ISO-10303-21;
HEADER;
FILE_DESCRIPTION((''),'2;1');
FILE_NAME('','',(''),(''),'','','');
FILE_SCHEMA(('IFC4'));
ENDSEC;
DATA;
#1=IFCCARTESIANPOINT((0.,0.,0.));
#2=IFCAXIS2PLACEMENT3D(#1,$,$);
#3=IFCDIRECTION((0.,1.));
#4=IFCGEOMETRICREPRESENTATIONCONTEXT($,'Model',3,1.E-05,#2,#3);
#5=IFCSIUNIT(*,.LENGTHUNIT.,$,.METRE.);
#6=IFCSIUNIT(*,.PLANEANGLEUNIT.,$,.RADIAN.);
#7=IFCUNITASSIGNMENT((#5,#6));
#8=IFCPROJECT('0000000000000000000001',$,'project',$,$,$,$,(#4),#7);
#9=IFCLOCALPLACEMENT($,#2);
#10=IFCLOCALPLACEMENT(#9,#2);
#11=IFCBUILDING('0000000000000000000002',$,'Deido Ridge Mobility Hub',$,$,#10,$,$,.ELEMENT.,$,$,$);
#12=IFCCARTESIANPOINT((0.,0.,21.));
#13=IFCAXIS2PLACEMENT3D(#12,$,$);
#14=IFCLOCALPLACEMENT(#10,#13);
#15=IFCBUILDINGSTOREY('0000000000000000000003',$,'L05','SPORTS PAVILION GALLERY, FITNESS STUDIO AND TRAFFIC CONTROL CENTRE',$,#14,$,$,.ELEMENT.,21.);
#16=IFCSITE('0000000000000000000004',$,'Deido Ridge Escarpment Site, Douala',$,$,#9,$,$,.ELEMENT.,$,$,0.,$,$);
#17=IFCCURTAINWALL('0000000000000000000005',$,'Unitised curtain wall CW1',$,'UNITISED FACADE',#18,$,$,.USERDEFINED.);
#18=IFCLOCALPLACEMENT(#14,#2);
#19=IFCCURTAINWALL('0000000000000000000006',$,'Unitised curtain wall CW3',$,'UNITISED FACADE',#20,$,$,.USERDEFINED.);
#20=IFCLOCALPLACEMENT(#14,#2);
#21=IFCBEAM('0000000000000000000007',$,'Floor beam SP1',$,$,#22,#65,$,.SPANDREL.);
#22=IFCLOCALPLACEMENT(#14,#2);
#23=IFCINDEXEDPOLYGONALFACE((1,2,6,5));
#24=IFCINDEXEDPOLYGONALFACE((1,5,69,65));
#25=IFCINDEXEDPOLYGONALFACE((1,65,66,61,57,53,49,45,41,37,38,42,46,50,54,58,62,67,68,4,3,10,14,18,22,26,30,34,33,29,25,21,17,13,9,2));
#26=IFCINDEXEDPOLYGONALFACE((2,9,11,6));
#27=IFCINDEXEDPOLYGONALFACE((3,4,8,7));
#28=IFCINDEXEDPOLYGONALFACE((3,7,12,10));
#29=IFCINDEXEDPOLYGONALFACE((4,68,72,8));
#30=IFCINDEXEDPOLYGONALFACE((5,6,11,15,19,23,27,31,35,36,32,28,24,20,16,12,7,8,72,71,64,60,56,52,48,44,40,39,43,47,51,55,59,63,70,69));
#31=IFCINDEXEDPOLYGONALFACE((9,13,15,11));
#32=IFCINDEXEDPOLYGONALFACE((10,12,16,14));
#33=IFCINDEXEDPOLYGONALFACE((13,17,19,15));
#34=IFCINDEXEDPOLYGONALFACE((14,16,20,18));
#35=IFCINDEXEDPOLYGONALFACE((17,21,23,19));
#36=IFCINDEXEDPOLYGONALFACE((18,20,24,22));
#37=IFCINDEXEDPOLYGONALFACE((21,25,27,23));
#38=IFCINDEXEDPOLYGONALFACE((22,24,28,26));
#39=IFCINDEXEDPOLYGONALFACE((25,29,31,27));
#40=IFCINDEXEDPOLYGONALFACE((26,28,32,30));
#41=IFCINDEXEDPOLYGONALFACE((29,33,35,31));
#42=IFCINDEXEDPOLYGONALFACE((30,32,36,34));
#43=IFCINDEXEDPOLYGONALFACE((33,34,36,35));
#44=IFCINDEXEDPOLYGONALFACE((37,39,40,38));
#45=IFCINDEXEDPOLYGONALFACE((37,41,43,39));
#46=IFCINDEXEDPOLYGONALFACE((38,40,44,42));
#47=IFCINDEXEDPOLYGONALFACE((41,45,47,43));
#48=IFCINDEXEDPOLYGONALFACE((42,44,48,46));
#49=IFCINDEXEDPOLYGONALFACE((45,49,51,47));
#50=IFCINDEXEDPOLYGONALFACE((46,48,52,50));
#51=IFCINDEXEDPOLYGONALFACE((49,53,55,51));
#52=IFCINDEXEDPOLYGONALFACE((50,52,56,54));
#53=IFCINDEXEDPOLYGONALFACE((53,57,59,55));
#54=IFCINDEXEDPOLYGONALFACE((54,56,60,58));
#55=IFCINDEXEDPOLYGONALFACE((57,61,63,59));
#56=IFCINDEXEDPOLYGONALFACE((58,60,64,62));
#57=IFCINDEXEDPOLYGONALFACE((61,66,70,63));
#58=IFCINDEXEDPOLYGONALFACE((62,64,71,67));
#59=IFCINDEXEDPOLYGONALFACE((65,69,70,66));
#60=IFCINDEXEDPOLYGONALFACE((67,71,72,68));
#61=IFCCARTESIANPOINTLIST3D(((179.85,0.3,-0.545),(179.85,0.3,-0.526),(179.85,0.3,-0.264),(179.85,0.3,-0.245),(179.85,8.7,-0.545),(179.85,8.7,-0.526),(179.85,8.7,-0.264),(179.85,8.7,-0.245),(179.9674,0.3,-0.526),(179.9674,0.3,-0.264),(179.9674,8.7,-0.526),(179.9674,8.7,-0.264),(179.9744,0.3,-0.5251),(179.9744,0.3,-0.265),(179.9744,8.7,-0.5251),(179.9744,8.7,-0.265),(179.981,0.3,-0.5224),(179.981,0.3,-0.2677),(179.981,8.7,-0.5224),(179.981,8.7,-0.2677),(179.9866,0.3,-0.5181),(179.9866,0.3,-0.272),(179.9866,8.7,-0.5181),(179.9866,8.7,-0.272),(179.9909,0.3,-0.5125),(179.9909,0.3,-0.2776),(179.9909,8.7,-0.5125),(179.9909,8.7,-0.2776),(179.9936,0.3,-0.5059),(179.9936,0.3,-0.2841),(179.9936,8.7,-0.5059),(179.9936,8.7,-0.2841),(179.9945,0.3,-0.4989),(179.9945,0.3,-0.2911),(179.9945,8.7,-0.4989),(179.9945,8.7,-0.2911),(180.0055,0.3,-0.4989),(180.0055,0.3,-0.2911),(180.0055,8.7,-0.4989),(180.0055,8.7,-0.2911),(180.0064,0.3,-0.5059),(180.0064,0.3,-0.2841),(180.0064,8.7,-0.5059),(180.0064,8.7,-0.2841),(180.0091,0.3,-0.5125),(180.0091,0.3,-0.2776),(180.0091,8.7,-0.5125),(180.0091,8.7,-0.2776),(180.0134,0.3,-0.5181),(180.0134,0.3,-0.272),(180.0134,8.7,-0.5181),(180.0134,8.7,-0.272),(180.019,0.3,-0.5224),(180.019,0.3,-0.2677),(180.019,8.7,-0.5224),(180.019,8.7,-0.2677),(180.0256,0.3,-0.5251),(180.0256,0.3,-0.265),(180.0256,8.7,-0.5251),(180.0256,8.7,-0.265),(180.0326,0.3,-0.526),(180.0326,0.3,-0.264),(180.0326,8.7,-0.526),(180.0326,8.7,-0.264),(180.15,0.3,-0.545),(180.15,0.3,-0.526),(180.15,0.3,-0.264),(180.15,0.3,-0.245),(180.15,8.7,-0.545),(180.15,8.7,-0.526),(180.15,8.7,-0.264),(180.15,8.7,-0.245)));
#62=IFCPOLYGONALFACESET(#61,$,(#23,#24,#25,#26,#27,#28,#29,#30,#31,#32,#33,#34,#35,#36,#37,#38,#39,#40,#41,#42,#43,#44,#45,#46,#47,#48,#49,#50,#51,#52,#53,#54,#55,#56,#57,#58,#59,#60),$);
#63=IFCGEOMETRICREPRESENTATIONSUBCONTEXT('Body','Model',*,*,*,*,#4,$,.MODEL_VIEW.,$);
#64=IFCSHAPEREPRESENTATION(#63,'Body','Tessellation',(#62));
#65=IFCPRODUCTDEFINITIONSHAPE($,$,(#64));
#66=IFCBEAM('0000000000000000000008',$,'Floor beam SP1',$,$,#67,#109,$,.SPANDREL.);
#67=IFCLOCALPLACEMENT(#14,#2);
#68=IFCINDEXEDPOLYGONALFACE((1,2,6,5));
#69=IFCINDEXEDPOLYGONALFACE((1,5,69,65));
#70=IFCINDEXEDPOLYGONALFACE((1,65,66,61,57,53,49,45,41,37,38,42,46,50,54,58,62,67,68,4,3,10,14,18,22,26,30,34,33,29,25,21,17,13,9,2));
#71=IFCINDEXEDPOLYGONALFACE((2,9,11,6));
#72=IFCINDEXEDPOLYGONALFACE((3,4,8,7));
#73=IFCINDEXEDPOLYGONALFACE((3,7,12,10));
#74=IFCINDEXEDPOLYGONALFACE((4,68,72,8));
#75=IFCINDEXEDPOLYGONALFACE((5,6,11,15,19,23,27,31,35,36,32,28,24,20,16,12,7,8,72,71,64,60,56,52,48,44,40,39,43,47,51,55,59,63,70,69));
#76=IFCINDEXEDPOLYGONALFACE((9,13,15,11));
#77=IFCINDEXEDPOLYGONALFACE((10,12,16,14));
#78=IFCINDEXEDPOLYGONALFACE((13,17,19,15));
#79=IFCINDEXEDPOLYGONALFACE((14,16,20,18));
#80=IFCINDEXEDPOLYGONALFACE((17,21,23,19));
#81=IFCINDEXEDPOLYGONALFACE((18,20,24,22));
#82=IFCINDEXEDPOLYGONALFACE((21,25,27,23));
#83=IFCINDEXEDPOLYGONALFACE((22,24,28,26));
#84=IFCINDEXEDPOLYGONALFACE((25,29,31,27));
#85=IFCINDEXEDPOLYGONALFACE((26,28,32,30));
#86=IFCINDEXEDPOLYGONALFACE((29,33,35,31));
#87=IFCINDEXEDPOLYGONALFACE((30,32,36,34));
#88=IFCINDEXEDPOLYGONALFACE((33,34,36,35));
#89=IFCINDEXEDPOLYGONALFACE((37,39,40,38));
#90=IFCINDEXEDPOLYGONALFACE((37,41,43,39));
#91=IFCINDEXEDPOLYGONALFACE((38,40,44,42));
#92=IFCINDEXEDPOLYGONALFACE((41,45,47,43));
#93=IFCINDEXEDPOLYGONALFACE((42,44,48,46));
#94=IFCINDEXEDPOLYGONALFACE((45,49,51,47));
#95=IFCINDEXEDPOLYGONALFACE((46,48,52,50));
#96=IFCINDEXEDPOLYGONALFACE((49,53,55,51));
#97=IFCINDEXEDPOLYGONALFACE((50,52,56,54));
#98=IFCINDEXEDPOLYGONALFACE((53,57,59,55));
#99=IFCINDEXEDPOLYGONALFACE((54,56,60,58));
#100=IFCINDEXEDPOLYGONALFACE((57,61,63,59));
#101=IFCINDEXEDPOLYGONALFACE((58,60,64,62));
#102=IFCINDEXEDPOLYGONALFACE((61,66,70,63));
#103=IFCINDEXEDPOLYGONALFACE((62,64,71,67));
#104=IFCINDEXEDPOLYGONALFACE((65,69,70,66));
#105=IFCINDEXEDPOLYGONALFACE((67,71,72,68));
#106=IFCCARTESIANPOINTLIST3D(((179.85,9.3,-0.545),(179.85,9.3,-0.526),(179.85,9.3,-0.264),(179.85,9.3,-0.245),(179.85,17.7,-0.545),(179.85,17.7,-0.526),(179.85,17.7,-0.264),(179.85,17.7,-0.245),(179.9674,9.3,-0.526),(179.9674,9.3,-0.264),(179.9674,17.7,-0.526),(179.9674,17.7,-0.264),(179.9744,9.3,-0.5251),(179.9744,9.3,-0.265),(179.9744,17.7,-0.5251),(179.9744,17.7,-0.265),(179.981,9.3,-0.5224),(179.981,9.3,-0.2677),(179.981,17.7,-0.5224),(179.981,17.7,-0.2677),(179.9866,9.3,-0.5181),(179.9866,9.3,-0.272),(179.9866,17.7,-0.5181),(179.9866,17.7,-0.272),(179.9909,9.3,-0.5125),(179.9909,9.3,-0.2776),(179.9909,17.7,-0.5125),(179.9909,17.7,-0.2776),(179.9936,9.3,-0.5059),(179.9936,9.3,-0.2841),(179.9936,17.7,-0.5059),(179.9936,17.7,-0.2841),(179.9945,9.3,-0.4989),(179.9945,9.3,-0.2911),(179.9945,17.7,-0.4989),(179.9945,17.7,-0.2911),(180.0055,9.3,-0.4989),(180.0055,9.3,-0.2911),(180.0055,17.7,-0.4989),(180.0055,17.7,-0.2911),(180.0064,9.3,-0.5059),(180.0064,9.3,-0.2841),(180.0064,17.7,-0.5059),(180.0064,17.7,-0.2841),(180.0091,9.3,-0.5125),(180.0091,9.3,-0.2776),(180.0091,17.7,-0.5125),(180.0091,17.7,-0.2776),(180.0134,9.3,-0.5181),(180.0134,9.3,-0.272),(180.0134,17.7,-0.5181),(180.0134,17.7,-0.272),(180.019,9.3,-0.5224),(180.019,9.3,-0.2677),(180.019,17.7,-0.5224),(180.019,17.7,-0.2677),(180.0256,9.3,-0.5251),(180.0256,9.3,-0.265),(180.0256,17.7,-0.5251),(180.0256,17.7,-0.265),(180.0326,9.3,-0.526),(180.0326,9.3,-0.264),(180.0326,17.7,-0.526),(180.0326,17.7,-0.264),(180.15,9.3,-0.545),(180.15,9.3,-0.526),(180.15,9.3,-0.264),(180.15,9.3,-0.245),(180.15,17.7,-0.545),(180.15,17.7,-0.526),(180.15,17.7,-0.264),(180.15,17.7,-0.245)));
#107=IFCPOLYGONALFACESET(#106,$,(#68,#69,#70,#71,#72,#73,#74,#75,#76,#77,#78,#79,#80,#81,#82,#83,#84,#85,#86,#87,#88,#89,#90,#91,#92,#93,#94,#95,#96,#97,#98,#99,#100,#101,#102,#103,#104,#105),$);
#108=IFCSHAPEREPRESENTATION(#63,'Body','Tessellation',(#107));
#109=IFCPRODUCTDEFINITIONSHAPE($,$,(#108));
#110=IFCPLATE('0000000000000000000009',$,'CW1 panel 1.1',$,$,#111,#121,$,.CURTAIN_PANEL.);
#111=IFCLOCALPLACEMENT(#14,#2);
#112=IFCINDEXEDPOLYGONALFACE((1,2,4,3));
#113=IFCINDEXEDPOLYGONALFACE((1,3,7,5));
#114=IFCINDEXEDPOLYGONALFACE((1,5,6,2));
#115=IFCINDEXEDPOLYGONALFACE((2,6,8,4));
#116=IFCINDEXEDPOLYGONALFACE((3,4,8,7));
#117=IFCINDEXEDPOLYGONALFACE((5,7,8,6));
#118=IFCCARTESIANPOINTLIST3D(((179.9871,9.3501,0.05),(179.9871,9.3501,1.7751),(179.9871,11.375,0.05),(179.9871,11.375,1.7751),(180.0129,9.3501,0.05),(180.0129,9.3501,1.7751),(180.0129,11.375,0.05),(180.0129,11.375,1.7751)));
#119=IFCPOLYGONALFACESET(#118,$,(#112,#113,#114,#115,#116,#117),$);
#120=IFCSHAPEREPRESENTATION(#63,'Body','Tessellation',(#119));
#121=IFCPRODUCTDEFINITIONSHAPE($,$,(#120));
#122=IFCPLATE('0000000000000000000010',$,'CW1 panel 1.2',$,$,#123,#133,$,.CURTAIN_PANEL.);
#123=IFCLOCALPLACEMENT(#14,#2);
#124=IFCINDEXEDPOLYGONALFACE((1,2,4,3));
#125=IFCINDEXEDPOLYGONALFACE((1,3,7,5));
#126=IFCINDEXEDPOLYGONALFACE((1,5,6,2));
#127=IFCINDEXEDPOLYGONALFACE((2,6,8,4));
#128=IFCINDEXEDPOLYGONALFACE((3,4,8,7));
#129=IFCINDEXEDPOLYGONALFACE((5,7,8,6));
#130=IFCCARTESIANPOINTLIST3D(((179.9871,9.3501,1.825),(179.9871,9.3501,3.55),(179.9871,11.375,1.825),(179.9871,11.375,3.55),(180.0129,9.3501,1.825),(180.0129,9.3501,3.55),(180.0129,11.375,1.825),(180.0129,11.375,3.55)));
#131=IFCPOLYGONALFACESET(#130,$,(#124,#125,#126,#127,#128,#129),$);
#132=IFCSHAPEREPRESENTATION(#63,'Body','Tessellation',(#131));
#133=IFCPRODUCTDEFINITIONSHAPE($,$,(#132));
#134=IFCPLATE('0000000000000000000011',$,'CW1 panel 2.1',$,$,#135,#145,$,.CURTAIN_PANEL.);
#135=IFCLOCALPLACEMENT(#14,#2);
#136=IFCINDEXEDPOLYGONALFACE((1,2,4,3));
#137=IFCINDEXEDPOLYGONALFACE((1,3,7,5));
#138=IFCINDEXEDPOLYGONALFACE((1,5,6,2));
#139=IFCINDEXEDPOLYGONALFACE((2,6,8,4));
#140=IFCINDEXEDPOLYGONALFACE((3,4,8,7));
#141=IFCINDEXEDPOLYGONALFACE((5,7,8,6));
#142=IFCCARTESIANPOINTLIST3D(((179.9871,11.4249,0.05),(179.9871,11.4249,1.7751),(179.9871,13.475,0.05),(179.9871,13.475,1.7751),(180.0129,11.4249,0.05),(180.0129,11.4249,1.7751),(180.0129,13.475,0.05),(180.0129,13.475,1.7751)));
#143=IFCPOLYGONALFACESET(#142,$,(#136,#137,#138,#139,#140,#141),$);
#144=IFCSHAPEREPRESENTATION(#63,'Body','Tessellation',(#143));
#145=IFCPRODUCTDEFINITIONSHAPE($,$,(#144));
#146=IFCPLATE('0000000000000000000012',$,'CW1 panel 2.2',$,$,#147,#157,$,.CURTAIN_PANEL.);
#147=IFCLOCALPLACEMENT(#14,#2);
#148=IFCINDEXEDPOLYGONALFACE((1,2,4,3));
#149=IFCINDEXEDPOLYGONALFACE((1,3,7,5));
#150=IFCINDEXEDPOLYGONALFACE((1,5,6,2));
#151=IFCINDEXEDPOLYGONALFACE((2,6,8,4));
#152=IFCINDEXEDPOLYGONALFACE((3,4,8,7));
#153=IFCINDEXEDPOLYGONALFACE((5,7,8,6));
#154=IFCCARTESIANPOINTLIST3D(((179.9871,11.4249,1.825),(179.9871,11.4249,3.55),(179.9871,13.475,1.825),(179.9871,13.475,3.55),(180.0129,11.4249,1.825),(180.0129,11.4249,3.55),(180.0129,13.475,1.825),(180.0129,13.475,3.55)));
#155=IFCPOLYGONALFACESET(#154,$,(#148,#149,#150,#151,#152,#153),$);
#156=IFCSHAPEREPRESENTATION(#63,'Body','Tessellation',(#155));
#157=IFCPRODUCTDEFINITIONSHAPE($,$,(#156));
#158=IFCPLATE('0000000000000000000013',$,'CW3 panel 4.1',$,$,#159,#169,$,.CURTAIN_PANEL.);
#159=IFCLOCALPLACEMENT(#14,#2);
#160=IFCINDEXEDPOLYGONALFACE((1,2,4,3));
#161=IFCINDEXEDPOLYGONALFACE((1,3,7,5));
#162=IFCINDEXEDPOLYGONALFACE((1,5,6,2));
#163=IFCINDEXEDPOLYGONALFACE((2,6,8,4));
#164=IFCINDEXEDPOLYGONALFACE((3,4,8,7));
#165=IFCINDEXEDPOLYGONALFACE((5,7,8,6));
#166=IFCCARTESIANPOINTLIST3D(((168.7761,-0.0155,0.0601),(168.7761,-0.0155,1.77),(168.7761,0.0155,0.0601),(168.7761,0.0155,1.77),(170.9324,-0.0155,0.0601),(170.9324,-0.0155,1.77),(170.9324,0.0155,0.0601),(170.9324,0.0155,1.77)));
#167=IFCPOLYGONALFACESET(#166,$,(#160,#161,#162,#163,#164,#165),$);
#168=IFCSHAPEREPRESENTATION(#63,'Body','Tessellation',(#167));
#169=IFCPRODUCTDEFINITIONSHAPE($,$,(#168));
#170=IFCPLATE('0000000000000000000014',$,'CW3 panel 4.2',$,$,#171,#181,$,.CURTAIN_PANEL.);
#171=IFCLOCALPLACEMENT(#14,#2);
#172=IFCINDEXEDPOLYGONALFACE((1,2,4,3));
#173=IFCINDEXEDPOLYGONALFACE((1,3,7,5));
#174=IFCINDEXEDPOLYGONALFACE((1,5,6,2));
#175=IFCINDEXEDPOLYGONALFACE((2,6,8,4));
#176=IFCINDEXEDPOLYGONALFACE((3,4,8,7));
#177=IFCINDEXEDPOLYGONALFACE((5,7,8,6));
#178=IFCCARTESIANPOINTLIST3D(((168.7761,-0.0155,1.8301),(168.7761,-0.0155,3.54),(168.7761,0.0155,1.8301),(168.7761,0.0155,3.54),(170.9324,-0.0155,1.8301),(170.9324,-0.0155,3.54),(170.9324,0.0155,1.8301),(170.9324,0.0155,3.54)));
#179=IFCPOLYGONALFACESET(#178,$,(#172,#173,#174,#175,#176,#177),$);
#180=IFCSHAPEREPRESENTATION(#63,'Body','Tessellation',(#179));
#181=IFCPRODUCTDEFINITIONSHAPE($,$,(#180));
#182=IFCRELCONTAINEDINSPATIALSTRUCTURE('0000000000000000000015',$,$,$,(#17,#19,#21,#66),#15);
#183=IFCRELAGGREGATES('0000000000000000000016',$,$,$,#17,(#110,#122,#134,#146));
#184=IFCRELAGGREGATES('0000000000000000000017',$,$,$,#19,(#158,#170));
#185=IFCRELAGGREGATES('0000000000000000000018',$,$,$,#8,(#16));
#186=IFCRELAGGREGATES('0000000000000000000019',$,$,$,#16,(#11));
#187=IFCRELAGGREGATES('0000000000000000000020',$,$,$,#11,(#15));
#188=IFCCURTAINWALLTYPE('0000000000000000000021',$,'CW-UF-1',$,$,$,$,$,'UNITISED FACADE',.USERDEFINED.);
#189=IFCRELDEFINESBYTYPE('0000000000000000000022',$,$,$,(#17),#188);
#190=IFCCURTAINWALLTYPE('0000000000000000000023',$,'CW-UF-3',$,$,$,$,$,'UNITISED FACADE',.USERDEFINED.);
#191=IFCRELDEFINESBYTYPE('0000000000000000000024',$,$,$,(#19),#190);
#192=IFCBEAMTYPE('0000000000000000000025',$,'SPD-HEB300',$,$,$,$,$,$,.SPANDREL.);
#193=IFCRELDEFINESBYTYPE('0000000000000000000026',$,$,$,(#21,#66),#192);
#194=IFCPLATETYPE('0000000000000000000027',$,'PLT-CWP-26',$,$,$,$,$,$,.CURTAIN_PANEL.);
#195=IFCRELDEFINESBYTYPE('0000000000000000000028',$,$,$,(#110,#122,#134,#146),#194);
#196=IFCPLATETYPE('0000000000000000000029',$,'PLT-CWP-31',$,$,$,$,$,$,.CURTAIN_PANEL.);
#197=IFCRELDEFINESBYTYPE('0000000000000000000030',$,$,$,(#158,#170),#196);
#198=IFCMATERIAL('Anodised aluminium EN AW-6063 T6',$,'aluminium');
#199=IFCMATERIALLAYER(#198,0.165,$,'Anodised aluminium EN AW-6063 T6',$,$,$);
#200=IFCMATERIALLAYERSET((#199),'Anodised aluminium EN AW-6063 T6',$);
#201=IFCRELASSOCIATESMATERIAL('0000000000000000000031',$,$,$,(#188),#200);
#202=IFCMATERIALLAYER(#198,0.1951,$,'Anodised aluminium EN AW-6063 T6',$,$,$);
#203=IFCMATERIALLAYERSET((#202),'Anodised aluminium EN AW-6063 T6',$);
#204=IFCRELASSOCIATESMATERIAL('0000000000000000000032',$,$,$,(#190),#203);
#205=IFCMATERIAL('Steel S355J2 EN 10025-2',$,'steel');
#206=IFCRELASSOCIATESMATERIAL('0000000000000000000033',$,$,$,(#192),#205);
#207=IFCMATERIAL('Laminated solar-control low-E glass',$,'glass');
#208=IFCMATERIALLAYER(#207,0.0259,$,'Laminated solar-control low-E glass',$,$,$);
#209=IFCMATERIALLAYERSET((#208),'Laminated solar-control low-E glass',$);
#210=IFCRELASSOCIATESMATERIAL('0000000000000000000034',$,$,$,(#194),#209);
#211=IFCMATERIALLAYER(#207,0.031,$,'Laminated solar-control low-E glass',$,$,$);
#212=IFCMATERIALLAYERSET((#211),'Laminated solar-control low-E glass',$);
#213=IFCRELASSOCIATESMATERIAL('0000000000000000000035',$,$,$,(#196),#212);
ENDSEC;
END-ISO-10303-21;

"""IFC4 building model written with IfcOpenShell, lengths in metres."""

from ifc_helpers import new_model, si_unit, direction, frame, origin, origin_2d, place, context, subcontext, project, spatial, rectangle, i_section, extrude, material, layer, layer_set, material_profile, profile_set, type_object, element, aggregate, save


model = new_model("IFC4")

# Units and contexts
model_context = context("Model", 3, precision=1e-05, world=origin(), true_north=direction((0.0, 1.0)))
body_context = subcontext(model_context, "Body", "Model", "MODEL_VIEW")
ifc_project = project(units=[si_unit("LENGTHUNIT", "METRE"), si_unit("PLANEANGLEUNIT", "RADIAN")], contexts=[model_context])

# Site, building, storey
site_placement = place(None, origin())
site = spatial("IfcSite", under=ifc_project, at=site_placement, Name="Deido Ridge Escarpment Site, Douala", CompositionType="ELEMENT", RefElevation=0.0)
building_placement = place(site_placement, origin())
building = spatial("IfcBuilding", under=site, at=building_placement, Name="Deido Ridge Mobility Hub", CompositionType="ELEMENT")
storey_placement = place(building_placement, frame((0.0, 0.0, 21.0)))
storey = spatial("IfcBuildingStorey", under=building, at=storey_placement, Name="L05", Description="SPORTS PAVILION GALLERY, FITNESS STUDIO AND TRAFFIC CONTROL CENTRE", CompositionType="ELEMENT", Elevation=21.0)

# Shared definitions
ifc_material_1 = material(Name="Steel S355J2 EN 10025-2", Category="steel")

# Curtain wall
ifc_material_2 = material(Name="Anodised aluminium EN AW-6063 T6", Category="aluminium")
ifc_layer_1 = layer(ifc_material_2, 0.165, Name="Anodised aluminium EN AW-6063 T6")
ifc_layer_set_1 = layer_set([ifc_layer_1], Name="Anodised aluminium EN AW-6063 T6")
curtain_wall_type_1 = type_object("IfcCurtainWallType", Name="CW-UF-1", ElementType="UNITISED FACADE", PredefinedType="USERDEFINED", material=ifc_layer_set_1)
curtain_wall_1_placement = place(storey_placement, origin())
curtain_wall_1 = element("IfcCurtainWall", 1, at=curtain_wall_1_placement, inside=storey, type_object=curtain_wall_type_1, Name="Unitised curtain wall CW1", ObjectType="UNITISED FACADE", PredefinedType="USERDEFINED")

# Curtain wall
ifc_layer_2 = layer(ifc_material_2, 0.1951, Name="Anodised aluminium EN AW-6063 T6")
ifc_layer_set_2 = layer_set([ifc_layer_2], Name="Anodised aluminium EN AW-6063 T6")
curtain_wall_type_2 = type_object("IfcCurtainWallType", Name="CW-UF-3", ElementType="UNITISED FACADE", PredefinedType="USERDEFINED", material=ifc_layer_set_2)
curtain_wall_2_placement = place(storey_placement, origin())
curtain_wall_2 = element("IfcCurtainWall", 2, at=curtain_wall_2_placement, inside=storey, type_object=curtain_wall_type_2, Name="Unitised curtain wall CW3", ObjectType="UNITISED FACADE", PredefinedType="USERDEFINED")

# Beams
ifc_material_profile_1 = material_profile(ifc_material_1, i_section(OverallWidth=0.3, OverallDepth=0.3, WebThickness=0.011, FlangeThickness=0.019, FilletRadius=0.0271, at=origin_2d()), Name="HEB 300")
ifc_profile_set_1 = profile_set([ifc_material_profile_1], Name="Steel S355J2 EN 10025-2")
beam_type = type_object("IfcBeamType", Name="SPD-HEB300", PredefinedType="SPANDREL", material=ifc_profile_set_1)
for number, where, z_axis, x_axis, name in (
    (3, (180.0, 0.3, -0.395), (0.0, 1.0, 0.0), (-1.0, 0.0, 0.0), "Floor beam SP1"),
    (4, (180.0, 9.3, -0.395), (0.0, 1.0, 0.0), (-1.0, 0.0, 0.0), "Floor beam SP1"),
):
    element("IfcBeam", number, at=place(storey_placement, frame(where, z_axis=z_axis, x_axis=x_axis)), inside=storey, type_object=beam_type, Name=name, PredefinedType="SPANDREL", context=body_context, shape_type="SweptSolid", body=[
        extrude(i_section(OverallWidth=0.3, OverallDepth=0.3, WebThickness=0.011, FlangeThickness=0.019, FilletRadius=0.0271, at=origin_2d()), origin(), (0.0, 0.0, 1.0), 8.3999),
    ])

# Plates
ifc_material_3 = material(Name="Laminated solar-control low-E glass", Category="glass")
ifc_layer_3 = layer(ifc_material_3, 0.0259, Name="Laminated solar-control low-E glass")
ifc_layer_set_3 = layer_set([ifc_layer_3], Name="Laminated solar-control low-E glass")
plate_type_1 = type_object("IfcPlateType", Name="PLT-CWP-26", PredefinedType="CURTAIN_PANEL", material=ifc_layer_set_3)
plate_1_placement = place(storey_placement, frame((180.0, 10.3625, 0.05), z_axis=(0.0, 0.0, 1.0), x_axis=(0.0, 1.0, 0.0)))
plate_1 = element("IfcPlate", 5, at=plate_1_placement, type_object=plate_type_1, Name="CW1 panel 1.1", PredefinedType="CURTAIN_PANEL", context=body_context, shape_type="SweptSolid", body=[
    extrude(rectangle(XDim=2.0249, YDim=0.0259, at=origin_2d()), origin(), (0.0, 0.0, 1.0), 1.7251),
])
plate_2_placement = place(storey_placement, frame((180.0, 10.3625, 1.825), z_axis=(0.0, 0.0, 1.0), x_axis=(0.0, 1.0, 0.0)))
plate_2 = element("IfcPlate", 6, at=plate_2_placement, type_object=plate_type_1, Name="CW1 panel 1.2", PredefinedType="CURTAIN_PANEL", context=body_context, shape_type="SweptSolid", body=[
    extrude(rectangle(XDim=2.0249, YDim=0.0259, at=origin_2d()), origin(), (0.0, 0.0, 1.0), 1.7251),
])
plate_3_placement = place(storey_placement, frame((180.0, 12.45, 0.05), z_axis=(0.0, 0.0, 1.0), x_axis=(0.0, 1.0, 0.0)))
plate_3 = element("IfcPlate", 7, at=plate_3_placement, type_object=plate_type_1, Name="CW1 panel 2.1", PredefinedType="CURTAIN_PANEL", context=body_context, shape_type="SweptSolid", body=[
    extrude(rectangle(XDim=2.05, YDim=0.0259, at=origin_2d()), origin(), (0.0, 0.0, 1.0), 1.7251),
])
plate_4_placement = place(storey_placement, frame((180.0, 12.45, 1.825), z_axis=(0.0, 0.0, 1.0), x_axis=(0.0, 1.0, 0.0)))
plate_4 = element("IfcPlate", 8, at=plate_4_placement, type_object=plate_type_1, Name="CW1 panel 2.2", PredefinedType="CURTAIN_PANEL", context=body_context, shape_type="SweptSolid", body=[
    extrude(rectangle(XDim=2.05, YDim=0.0259, at=origin_2d()), origin(), (0.0, 0.0, 1.0), 1.7251),
])
aggregate(curtain_wall_1, [plate_1, plate_2, plate_3, plate_4])
ifc_layer_4 = layer(ifc_material_3, 0.031, Name="Laminated solar-control low-E glass")
ifc_layer_set_4 = layer_set([ifc_layer_4], Name="Laminated solar-control low-E glass")
plate_type_2 = type_object("IfcPlateType", Name="PLT-CWP-31", PredefinedType="CURTAIN_PANEL", material=ifc_layer_set_4)
plate_5_placement = place(storey_placement, frame((169.8542, 0.0, 0.0601), z_axis=(0.0, 0.0, 1.0), x_axis=(1.0, 0.0, 0.0)))
plate_5 = element("IfcPlate", 9, at=plate_5_placement, type_object=plate_type_2, Name="CW3 panel 4.1", PredefinedType="CURTAIN_PANEL", context=body_context, shape_type="SweptSolid", body=[
    extrude(rectangle(XDim=2.1562, YDim=0.031, at=origin_2d()), origin(), (0.0, 0.0, 1.0), 1.71),
])
plate_6_placement = place(storey_placement, frame((169.8542, 0.0, 1.8301), z_axis=(0.0, 0.0, 1.0), x_axis=(1.0, 0.0, 0.0)))
plate_6 = element("IfcPlate", 10, at=plate_6_placement, type_object=plate_type_2, Name="CW3 panel 4.2", PredefinedType="CURTAIN_PANEL", context=body_context, shape_type="SweptSolid", body=[
    extrude(rectangle(XDim=2.1562, YDim=0.031, at=origin_2d()), origin(), (0.0, 0.0, 1.0), 1.71),
])
aggregate(curtain_wall_2, [plate_5, plate_6])

save(model, "model.ifc")
